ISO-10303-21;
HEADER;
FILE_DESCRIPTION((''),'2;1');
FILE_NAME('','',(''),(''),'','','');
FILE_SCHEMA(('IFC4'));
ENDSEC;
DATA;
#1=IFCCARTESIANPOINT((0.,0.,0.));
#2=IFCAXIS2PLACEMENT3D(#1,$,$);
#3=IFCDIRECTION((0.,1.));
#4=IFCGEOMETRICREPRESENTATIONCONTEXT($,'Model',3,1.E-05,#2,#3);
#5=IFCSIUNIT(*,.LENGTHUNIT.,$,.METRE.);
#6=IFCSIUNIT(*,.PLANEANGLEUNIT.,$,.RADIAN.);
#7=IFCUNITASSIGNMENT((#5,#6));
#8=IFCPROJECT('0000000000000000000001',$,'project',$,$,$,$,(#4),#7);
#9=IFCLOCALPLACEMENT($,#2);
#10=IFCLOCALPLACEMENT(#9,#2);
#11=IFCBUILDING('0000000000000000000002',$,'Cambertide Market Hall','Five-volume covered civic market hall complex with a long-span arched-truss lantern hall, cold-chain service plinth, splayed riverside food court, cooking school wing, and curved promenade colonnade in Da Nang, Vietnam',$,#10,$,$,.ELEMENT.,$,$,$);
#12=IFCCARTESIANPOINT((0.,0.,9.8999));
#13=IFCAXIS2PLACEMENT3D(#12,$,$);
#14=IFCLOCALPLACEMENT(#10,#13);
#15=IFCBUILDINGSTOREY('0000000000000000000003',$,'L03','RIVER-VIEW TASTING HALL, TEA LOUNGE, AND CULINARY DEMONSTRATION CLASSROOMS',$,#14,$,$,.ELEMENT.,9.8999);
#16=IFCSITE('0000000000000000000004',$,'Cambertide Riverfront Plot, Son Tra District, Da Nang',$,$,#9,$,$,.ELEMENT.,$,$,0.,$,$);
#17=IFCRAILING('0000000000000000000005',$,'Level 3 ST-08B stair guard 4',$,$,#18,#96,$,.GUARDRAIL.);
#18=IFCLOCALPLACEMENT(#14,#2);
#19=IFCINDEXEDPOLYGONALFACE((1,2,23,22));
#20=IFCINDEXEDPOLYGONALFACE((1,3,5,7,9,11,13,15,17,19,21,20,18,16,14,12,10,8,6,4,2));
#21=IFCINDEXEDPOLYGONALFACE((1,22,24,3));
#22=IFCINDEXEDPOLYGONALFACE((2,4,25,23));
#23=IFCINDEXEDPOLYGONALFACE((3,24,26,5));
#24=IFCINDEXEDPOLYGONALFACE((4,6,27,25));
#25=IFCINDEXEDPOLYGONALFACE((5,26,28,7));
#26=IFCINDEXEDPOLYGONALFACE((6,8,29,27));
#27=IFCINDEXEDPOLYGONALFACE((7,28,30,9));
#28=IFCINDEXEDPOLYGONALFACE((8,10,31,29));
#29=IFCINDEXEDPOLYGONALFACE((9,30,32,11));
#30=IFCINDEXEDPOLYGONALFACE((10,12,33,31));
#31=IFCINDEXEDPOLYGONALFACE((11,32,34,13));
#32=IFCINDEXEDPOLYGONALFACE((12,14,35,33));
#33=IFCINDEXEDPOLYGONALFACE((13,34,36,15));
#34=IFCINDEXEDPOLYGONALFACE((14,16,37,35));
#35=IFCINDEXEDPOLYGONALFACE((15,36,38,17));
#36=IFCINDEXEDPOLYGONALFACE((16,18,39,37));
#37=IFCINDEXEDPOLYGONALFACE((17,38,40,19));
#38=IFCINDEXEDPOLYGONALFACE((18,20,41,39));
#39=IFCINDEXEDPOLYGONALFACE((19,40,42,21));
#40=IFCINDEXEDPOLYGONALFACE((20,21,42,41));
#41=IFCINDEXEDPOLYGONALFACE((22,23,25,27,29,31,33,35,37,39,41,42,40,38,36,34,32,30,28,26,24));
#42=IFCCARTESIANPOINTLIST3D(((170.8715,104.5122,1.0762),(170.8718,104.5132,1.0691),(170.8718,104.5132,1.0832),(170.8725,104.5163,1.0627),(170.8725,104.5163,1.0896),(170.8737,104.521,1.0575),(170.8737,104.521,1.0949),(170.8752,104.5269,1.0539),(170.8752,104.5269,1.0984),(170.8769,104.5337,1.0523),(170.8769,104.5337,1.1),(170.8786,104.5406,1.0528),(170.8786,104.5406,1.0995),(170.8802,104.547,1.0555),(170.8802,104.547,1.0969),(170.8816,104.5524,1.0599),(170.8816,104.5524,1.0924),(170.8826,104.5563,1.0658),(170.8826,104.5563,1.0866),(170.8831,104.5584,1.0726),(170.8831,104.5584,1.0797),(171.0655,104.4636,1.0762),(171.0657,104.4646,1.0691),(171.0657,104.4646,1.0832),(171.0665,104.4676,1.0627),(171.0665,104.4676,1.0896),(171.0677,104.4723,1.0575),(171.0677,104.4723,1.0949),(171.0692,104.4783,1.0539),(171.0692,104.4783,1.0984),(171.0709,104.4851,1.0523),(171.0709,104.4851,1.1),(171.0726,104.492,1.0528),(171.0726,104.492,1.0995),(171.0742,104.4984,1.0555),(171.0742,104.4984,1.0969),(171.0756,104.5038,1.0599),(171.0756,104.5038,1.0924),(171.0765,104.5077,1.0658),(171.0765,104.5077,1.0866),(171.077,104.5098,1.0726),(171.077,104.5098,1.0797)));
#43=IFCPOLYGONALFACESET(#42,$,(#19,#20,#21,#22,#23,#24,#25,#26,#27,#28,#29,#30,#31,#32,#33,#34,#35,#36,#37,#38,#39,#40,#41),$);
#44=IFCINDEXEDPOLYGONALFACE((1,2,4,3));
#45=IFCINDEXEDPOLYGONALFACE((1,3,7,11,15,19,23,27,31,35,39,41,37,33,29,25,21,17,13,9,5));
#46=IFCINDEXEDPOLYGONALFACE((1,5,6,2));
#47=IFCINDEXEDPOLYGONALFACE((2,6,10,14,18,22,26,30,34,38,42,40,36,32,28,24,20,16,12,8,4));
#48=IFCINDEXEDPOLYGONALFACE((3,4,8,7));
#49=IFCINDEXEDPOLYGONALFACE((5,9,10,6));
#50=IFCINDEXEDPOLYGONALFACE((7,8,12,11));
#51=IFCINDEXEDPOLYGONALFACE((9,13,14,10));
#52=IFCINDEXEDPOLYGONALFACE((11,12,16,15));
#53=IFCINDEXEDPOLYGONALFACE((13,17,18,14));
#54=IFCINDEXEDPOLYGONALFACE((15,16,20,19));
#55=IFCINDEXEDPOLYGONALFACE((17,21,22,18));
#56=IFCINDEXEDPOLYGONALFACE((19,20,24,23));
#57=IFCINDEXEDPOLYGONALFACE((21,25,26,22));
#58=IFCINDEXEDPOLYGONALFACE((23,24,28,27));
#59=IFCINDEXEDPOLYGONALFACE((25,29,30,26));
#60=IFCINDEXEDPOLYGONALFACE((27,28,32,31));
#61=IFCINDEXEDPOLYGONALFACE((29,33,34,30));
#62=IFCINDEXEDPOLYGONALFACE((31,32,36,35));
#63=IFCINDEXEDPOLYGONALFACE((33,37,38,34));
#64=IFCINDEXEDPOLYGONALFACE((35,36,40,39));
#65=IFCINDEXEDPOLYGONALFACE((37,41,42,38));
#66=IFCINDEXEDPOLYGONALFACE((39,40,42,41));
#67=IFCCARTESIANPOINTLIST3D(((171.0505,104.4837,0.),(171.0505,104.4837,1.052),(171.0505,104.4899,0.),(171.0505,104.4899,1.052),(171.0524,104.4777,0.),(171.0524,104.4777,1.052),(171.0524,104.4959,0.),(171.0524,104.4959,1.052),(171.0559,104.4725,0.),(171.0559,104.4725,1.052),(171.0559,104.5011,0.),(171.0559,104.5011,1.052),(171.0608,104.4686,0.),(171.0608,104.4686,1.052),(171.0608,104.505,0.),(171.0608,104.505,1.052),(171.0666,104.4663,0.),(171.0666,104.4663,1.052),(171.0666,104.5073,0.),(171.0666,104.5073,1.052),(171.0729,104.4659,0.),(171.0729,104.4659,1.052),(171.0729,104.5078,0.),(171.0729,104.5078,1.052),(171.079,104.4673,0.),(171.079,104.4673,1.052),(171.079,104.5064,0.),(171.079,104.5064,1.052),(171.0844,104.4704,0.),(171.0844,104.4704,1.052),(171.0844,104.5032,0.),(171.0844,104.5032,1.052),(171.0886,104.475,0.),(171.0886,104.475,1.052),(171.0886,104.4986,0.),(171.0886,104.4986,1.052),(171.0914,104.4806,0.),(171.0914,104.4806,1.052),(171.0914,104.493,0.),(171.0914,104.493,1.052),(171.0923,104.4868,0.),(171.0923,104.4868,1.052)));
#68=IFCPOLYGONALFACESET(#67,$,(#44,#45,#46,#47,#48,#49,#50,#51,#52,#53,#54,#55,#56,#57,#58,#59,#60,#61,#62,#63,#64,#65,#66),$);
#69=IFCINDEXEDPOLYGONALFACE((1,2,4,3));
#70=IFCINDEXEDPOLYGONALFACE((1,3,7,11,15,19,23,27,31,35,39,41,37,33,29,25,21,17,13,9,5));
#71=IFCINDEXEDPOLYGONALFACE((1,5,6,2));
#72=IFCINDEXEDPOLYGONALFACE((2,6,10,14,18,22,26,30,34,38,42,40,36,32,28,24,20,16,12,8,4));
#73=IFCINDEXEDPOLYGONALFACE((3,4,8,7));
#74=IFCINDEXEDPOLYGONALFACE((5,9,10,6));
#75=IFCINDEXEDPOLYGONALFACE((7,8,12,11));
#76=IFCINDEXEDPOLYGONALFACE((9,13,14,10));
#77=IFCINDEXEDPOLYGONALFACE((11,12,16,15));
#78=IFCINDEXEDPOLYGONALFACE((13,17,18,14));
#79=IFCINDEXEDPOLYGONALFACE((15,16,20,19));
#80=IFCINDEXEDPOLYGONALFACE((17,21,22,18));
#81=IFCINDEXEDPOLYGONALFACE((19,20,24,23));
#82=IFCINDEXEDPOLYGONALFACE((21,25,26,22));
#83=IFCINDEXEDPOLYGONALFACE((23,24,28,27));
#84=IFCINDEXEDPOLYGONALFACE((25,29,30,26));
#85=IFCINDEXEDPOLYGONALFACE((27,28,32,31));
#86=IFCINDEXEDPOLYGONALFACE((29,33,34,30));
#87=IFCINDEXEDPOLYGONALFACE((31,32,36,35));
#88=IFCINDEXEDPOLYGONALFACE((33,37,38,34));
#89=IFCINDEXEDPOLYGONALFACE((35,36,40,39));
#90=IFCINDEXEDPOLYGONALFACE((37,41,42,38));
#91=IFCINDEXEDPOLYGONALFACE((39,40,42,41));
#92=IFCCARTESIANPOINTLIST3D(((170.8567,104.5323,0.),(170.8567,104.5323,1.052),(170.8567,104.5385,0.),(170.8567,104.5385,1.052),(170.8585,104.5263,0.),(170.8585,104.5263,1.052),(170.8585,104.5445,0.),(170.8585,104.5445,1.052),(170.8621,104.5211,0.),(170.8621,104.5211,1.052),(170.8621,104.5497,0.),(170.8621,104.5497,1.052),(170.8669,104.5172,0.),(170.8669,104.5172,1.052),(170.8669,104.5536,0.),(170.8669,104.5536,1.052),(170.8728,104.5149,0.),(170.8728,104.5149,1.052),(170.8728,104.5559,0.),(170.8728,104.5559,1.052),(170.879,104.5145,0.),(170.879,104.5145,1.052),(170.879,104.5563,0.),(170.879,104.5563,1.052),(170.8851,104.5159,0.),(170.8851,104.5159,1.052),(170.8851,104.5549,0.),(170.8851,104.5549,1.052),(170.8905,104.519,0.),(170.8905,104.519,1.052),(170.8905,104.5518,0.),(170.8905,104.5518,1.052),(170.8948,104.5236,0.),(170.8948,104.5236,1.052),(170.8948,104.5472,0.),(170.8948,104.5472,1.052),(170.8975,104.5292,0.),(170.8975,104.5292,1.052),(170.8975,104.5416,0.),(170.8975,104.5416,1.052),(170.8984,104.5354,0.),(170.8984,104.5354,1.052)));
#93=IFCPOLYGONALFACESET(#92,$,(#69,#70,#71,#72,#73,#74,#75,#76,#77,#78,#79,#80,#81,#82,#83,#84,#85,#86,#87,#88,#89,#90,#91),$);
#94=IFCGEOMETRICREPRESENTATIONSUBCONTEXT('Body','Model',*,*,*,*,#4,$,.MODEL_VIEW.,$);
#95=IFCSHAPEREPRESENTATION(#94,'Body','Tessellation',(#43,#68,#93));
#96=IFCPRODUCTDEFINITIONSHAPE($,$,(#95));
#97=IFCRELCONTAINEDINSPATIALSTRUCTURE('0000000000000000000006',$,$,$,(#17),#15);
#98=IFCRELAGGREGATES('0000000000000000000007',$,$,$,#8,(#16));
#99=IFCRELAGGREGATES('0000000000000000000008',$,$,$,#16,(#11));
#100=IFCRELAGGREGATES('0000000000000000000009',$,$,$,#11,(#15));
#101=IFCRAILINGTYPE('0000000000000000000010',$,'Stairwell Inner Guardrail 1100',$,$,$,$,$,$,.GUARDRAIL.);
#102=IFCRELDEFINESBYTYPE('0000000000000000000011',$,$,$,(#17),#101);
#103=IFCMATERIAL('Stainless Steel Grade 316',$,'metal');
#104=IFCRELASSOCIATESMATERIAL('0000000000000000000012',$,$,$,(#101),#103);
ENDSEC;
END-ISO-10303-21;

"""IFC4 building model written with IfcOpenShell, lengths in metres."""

from ifc_helpers import new_model, si_unit, direction, frame, origin, origin_2d, place, context, subcontext, project, spatial, circle, extrude, material, type_object, element, save


model = new_model("IFC4")

# Units and contexts
model_context = context("Model", 3, precision=1e-05, world=origin(), true_north=direction((0.0, 1.0)))
body_context = subcontext(model_context, "Body", "Model", "MODEL_VIEW")
ifc_project = project(units=[si_unit("LENGTHUNIT", "METRE"), si_unit("PLANEANGLEUNIT", "RADIAN")], contexts=[model_context])

# Site, building, storey
site_placement = place(None, origin())
site = spatial("IfcSite", under=ifc_project, at=site_placement, Name="Cambertide Riverfront Plot, Son Tra District, Da Nang", CompositionType="ELEMENT", RefElevation=0.0)
building_placement = place(site_placement, origin())
building = spatial("IfcBuilding", under=site, at=building_placement, Name="Cambertide Market Hall", Description="Five-volume covered civic market hall complex with a long-span arched-truss lantern hall, cold-chain service plinth, splayed riverside food court, cooking school wing, and curved promenade colonnade in Da Nang, Vietnam", CompositionType="ELEMENT")
storey_placement = place(building_placement, frame((0.0, 0.0, 9.8999)))
storey = spatial("IfcBuildingStorey", under=building, at=storey_placement, Name="L03", Description="RIVER-VIEW TASTING HALL, TEA LOUNGE, AND CULINARY DEMONSTRATION CLASSROOMS", CompositionType="ELEMENT", Elevation=9.8999)

# Railing
ifc_material_1 = material(Name="Stainless Steel Grade 316", Category="metal")
railing_type_1 = type_object("IfcRailingType", Name="Stairwell Inner Guardrail 1100", PredefinedType="GUARDRAIL", material=ifc_material_1)
railing_1_placement = place(storey_placement, frame((171.0713, 104.4868, 0.0)))
element("IfcRailing", 1, at=railing_1_placement, inside=storey, type_object=railing_type_1, Name="Level 3 ST-08B stair guard 4", PredefinedType="GUARDRAIL", context=body_context, shape_type="SweptSolid", body=[
    extrude(circle(Radius=0.0239, at=origin_2d()), frame((0.0, 0.0, 1.0762), z_axis=(-0.969999, 0.24311, 0.0), x_axis=(-0.24311, -0.969999, 0.0)), (0.0, 0.0, 1.0), 0.2),
    extrude(circle(Radius=0.021, at=origin_2d()), origin(), (0.0, 0.0, 1.0), 1.052),
    extrude(circle(Radius=0.021, at=origin_2d()), frame((-0.1938, 0.0486, 0.0)), (0.0, 0.0, 1.0), 1.052),
])

save(model, "model.ifc")
